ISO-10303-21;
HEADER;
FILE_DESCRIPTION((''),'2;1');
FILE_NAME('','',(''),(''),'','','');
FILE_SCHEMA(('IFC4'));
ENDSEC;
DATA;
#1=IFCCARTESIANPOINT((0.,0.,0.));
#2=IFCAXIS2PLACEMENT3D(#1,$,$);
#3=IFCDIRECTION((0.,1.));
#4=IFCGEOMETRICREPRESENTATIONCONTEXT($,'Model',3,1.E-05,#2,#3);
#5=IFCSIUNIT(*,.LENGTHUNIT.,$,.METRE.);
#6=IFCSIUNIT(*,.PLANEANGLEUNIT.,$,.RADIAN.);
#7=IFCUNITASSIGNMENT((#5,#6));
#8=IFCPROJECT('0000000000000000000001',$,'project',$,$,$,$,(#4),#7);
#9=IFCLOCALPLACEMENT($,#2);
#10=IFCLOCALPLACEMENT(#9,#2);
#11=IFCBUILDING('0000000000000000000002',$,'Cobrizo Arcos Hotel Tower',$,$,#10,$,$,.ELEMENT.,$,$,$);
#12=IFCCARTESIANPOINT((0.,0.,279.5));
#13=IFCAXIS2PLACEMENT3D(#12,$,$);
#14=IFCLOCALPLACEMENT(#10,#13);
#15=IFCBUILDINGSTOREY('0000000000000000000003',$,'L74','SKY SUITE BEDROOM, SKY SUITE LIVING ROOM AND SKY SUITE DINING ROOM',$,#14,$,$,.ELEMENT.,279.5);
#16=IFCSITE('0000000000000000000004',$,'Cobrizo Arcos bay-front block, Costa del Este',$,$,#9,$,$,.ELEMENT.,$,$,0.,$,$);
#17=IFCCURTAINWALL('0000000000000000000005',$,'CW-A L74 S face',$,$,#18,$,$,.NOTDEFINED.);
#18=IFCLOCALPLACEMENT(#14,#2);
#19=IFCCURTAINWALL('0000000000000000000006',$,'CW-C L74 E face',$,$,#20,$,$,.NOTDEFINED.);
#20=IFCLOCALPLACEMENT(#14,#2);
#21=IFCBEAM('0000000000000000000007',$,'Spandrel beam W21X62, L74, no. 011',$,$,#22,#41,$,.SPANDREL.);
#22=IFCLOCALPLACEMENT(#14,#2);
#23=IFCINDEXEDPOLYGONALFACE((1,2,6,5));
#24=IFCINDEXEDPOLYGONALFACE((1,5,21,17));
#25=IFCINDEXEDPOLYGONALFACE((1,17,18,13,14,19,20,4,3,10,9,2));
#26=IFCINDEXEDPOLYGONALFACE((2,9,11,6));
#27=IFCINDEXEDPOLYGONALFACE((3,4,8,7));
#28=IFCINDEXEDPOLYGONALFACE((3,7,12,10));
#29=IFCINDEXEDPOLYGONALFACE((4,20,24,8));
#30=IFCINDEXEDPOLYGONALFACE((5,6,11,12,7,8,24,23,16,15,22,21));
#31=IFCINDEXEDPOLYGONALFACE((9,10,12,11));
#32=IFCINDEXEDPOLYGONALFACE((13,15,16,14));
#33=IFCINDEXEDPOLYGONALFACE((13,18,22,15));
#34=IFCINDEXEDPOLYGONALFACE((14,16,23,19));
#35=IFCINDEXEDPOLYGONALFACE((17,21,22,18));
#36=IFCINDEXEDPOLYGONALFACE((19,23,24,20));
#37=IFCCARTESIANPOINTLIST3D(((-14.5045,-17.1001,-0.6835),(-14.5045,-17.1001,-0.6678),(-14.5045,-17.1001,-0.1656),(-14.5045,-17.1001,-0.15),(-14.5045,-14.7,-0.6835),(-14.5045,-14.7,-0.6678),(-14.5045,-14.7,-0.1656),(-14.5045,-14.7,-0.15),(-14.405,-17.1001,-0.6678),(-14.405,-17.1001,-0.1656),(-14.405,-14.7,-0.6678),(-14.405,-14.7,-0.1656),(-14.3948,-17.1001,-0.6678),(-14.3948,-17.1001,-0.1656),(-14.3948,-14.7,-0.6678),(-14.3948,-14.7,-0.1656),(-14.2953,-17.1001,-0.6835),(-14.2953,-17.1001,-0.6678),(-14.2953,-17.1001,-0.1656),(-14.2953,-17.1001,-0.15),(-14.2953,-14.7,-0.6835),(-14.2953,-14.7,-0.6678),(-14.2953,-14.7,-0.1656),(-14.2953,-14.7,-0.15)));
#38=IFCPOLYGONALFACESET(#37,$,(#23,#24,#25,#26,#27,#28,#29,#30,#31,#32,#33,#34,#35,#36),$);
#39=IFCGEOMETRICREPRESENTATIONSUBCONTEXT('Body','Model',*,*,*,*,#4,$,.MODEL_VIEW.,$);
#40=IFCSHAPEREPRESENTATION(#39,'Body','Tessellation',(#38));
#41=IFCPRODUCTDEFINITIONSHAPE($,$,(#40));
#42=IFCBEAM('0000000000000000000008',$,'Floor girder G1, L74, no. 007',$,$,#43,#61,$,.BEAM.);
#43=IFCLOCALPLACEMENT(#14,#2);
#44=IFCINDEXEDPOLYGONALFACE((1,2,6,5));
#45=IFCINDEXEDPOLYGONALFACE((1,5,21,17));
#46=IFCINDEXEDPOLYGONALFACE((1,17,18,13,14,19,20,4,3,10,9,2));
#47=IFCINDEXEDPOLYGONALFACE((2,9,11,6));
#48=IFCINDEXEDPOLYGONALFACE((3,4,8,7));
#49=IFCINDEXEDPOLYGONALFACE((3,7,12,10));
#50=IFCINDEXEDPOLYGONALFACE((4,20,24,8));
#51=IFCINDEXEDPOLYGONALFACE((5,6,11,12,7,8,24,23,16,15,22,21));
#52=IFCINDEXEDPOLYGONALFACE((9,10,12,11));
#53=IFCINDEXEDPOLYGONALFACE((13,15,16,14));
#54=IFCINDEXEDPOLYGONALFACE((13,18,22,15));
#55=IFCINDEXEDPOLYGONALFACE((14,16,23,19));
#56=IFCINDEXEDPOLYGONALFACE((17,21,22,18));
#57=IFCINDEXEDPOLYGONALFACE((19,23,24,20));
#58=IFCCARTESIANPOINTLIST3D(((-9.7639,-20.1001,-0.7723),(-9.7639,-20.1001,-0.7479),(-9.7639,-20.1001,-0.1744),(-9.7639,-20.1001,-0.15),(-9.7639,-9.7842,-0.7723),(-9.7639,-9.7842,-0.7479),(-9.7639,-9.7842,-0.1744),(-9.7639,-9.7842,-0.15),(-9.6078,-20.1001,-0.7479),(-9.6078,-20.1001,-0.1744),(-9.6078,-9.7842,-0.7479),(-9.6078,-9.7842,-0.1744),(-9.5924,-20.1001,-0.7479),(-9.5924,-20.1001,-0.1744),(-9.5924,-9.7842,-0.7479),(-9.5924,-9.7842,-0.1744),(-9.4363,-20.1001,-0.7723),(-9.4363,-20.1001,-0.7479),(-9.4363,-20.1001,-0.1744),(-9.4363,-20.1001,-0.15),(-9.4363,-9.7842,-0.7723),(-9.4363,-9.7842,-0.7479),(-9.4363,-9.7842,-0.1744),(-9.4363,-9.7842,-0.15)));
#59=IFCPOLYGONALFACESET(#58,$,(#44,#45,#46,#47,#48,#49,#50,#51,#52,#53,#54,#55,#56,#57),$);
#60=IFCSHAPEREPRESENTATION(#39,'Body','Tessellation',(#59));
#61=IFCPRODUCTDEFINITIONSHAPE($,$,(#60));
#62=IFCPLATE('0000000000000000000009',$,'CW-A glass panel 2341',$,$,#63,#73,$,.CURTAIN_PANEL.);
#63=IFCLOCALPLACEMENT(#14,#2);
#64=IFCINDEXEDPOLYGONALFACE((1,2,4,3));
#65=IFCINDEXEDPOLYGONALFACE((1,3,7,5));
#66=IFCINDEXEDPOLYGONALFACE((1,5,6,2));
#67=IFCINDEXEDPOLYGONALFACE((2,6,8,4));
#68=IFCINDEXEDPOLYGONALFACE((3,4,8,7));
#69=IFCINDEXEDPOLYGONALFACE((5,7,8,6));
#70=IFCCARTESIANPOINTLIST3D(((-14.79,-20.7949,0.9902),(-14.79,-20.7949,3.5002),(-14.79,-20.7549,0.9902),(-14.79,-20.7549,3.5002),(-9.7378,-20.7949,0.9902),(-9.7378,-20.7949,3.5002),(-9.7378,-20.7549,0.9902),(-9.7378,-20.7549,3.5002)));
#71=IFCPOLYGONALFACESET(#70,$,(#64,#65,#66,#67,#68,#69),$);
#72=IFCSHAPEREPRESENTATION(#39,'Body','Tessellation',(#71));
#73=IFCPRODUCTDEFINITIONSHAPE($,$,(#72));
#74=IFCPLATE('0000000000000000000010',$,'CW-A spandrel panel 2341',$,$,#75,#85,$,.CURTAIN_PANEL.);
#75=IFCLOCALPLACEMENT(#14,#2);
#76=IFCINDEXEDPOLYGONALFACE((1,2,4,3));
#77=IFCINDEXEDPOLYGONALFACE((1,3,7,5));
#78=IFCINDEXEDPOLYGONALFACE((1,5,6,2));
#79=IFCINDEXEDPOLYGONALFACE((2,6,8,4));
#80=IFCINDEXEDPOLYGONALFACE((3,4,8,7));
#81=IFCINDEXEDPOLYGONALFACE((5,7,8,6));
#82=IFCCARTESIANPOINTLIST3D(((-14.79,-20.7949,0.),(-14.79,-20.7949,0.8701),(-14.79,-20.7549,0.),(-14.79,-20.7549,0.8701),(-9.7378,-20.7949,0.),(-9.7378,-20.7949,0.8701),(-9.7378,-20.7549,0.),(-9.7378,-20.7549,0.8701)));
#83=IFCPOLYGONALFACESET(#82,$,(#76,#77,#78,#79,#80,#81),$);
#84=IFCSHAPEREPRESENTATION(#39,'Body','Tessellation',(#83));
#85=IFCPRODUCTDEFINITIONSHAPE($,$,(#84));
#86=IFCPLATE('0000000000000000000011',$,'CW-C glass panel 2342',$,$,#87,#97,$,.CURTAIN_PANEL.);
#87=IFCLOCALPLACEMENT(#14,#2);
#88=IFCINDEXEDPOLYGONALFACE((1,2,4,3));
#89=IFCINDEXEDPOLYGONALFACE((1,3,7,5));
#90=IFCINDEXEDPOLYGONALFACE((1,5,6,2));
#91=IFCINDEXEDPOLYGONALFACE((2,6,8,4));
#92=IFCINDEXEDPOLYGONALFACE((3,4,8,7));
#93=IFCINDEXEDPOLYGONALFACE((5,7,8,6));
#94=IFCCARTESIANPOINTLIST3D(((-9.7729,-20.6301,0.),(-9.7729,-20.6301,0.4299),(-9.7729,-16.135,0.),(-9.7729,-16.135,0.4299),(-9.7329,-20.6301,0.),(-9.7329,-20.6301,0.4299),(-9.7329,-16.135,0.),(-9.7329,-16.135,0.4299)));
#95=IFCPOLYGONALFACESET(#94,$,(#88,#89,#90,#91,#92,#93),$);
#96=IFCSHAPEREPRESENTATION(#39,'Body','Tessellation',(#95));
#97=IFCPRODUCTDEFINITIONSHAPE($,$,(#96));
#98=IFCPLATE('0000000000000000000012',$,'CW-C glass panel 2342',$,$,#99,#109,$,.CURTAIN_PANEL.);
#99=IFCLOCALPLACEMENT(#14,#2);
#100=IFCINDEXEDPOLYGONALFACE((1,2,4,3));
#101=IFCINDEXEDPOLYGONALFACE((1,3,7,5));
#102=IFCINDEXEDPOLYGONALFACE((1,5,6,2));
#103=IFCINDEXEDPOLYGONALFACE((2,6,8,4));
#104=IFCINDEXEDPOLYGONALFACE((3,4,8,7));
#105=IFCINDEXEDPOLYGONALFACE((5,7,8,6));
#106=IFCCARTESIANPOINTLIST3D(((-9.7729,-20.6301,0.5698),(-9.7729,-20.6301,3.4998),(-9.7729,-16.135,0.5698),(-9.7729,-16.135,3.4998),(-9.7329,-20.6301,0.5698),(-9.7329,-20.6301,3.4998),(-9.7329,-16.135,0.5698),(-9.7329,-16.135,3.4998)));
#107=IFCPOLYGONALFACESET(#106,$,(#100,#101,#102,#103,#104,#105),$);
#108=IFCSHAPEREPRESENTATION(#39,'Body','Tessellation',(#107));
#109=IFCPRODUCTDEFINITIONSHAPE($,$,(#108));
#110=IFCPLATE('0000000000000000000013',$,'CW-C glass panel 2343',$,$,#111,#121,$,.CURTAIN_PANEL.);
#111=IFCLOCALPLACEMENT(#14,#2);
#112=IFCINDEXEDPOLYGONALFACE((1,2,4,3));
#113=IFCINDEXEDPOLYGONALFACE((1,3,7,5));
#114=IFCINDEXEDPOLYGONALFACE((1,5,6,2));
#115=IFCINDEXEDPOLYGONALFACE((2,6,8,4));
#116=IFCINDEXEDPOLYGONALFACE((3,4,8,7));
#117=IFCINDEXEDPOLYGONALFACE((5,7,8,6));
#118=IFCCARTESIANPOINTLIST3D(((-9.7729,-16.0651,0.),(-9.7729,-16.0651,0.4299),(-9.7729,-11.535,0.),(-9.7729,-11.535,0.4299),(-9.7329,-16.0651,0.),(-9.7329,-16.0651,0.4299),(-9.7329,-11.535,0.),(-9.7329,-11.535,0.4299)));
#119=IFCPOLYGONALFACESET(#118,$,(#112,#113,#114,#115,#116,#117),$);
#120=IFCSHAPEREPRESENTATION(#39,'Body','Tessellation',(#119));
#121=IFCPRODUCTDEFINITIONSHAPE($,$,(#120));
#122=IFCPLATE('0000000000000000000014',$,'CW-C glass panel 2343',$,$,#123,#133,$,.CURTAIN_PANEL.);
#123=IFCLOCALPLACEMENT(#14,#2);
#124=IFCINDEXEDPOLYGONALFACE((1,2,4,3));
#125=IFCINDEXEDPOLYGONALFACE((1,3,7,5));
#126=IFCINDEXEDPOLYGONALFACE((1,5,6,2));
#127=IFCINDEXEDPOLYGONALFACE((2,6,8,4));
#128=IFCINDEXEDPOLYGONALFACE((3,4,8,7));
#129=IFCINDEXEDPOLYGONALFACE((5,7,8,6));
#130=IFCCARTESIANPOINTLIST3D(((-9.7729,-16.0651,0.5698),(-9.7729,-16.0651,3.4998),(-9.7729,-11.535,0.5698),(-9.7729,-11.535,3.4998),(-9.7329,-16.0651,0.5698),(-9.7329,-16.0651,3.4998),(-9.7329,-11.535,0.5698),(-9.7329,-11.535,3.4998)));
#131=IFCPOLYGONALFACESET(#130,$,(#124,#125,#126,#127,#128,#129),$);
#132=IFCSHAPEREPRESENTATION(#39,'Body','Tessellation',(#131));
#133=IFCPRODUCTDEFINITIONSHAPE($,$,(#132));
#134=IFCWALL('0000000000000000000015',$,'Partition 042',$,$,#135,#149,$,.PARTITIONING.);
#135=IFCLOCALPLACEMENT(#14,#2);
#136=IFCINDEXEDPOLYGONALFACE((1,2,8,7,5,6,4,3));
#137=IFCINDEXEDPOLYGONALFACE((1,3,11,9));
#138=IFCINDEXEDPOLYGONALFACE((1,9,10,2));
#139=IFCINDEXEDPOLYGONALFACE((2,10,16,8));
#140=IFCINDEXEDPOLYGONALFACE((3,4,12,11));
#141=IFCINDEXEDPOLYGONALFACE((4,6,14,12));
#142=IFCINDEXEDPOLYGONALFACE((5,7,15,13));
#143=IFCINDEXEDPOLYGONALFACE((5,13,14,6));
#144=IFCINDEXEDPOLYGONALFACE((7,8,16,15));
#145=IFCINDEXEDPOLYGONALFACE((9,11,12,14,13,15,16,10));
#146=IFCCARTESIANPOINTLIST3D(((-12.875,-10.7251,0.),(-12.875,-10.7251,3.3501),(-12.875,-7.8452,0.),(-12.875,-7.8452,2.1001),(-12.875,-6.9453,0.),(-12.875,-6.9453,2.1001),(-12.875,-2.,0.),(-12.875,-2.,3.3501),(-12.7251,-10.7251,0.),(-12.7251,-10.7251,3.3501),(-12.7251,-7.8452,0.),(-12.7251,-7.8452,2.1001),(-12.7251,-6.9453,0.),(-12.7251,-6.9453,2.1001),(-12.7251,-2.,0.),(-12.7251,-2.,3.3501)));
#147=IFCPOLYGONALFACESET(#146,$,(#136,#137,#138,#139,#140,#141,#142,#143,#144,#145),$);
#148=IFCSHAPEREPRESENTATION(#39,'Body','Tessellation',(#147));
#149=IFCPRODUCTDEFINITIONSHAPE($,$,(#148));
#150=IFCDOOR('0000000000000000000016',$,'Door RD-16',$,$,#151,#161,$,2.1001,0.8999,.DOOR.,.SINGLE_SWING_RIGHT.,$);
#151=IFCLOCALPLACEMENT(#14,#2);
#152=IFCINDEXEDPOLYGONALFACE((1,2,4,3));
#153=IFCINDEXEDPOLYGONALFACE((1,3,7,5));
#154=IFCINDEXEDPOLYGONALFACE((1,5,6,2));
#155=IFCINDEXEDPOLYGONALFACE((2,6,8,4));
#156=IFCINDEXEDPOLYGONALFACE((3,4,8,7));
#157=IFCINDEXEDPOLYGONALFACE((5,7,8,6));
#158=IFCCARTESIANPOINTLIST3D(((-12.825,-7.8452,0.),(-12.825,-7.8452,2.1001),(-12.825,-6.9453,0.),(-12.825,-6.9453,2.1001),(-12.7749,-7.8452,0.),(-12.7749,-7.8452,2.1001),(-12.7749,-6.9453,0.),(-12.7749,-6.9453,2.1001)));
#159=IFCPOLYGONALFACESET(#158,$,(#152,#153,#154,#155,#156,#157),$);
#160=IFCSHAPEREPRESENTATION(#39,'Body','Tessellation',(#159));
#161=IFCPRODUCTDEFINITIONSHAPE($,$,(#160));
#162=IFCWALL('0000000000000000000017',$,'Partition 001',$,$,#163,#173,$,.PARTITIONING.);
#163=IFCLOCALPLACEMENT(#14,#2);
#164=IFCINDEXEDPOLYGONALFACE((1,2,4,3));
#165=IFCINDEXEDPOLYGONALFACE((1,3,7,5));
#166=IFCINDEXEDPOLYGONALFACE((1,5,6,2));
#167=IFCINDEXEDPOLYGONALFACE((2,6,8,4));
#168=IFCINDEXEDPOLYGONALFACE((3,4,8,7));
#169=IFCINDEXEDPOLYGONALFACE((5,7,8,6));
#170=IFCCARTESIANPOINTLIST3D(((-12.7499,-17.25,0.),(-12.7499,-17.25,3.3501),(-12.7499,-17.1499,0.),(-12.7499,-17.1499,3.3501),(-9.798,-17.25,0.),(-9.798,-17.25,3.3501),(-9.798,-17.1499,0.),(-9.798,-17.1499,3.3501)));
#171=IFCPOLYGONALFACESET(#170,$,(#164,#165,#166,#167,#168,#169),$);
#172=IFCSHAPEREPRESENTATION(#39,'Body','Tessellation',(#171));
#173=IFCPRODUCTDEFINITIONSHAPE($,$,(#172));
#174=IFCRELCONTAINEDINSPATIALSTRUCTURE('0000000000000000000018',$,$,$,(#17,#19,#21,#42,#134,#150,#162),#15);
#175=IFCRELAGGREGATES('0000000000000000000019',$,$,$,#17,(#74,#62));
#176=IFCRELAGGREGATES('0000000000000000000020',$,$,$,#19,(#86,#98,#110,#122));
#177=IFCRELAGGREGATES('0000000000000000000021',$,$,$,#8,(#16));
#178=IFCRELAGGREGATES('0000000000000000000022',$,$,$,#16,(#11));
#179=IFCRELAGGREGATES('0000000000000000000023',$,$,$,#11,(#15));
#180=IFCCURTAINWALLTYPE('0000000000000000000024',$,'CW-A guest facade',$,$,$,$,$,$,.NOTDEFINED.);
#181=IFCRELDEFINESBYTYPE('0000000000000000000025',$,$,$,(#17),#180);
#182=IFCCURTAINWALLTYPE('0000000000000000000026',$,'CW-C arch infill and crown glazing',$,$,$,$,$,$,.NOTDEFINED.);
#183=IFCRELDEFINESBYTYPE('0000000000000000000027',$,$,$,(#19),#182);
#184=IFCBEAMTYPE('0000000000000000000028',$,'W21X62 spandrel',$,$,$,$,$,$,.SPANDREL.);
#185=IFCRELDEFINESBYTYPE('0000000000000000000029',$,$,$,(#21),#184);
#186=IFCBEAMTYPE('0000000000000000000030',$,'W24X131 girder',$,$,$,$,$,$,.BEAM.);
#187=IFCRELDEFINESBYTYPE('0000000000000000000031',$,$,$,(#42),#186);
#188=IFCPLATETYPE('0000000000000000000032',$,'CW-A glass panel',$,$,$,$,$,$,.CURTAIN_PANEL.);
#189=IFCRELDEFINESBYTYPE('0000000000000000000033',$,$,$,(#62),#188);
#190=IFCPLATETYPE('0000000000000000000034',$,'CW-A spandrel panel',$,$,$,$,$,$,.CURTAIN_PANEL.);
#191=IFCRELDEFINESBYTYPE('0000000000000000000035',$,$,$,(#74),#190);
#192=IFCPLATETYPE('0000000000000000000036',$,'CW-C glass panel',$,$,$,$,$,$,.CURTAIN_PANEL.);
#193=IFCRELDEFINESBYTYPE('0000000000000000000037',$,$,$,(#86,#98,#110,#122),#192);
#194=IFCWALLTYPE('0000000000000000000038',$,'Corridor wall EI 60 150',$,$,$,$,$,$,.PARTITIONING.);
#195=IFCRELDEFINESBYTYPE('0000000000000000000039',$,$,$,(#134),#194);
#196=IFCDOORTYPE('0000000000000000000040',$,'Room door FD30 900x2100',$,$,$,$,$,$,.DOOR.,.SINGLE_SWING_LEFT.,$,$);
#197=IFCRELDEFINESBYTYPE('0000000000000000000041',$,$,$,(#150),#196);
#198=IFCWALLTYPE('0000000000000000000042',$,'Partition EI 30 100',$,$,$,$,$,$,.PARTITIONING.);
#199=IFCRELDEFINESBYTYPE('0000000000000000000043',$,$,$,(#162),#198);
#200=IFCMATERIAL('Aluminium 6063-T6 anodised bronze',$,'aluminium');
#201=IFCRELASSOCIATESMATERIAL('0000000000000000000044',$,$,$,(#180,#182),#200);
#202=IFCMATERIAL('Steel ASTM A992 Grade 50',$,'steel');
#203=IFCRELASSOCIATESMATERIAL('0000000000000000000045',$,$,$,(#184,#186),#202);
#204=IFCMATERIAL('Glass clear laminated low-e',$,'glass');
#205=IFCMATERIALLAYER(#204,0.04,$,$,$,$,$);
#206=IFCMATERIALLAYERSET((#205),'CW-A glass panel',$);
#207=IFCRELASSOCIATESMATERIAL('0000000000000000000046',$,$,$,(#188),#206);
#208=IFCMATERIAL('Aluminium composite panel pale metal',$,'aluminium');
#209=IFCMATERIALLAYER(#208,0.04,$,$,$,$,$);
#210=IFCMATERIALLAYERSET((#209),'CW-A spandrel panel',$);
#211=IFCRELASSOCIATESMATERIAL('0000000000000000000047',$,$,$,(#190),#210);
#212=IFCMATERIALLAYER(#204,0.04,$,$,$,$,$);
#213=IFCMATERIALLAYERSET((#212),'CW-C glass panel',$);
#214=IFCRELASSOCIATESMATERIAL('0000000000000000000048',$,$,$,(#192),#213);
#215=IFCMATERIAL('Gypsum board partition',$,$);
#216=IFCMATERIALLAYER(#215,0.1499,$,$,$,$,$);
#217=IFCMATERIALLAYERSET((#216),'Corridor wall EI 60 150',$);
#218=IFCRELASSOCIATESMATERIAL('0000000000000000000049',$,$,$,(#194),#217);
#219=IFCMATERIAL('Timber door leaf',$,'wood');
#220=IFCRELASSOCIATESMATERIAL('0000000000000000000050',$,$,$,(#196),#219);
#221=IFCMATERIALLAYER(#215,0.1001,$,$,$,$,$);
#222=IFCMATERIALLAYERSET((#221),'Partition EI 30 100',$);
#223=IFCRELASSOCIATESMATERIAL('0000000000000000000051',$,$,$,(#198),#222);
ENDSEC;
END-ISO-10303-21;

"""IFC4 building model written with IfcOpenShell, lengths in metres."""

from ifc_helpers import new_model, si_unit, direction, frame, frame_2d, origin, origin_2d, place, context, subcontext, project, spatial, rectangle, i_section, extrude, material, layer, layer_set, material_profile, profile_set, type_object, element, fill, aggregate, save


model = new_model("IFC4")

# Units and contexts
model_context = context("Model", 3, precision=1e-05, world=origin(), true_north=direction((0.0, 1.0)))
body_context = subcontext(model_context, "Body", "Model", "MODEL_VIEW")
ifc_project = project(units=[si_unit("LENGTHUNIT", "METRE"), si_unit("PLANEANGLEUNIT", "RADIAN")], contexts=[model_context])

# Site, building, storey
site_placement = place(None, origin())
site = spatial("IfcSite", under=ifc_project, at=site_placement, Name="Cobrizo Arcos bay-front block, Costa del Este", CompositionType="ELEMENT", RefElevation=0.0)
building_placement = place(site_placement, origin())
building = spatial("IfcBuilding", under=site, at=building_placement, Name="Cobrizo Arcos Hotel Tower", CompositionType="ELEMENT")
storey_placement = place(building_placement, frame((0.0, 0.0, 279.5)))
storey = spatial("IfcBuildingStorey", under=building, at=storey_placement, Name="L74", Description="SKY SUITE BEDROOM, SKY SUITE LIVING ROOM AND SKY SUITE DINING ROOM", CompositionType="ELEMENT", Elevation=279.5)

# Curtain wall
ifc_material_1 = material(Name="Aluminium 6063-T6 anodised bronze", Category="aluminium")
curtain_wall_type_1 = type_object("IfcCurtainWallType", Name="CW-A guest facade", PredefinedType="NOTDEFINED", material=ifc_material_1)
curtain_wall_1_placement = place(storey_placement, origin())
curtain_wall_1 = element("IfcCurtainWall", 1, at=curtain_wall_1_placement, inside=storey, type_object=curtain_wall_type_1, Name="CW-A L74 S face", PredefinedType="NOTDEFINED")

# Curtain wall
curtain_wall_type_2 = type_object("IfcCurtainWallType", Name="CW-C arch infill and crown glazing", PredefinedType="NOTDEFINED", material=ifc_material_1)
curtain_wall_2_placement = place(storey_placement, origin())
curtain_wall_2 = element("IfcCurtainWall", 2, at=curtain_wall_2_placement, inside=storey, type_object=curtain_wall_type_2, Name="CW-C L74 E face", PredefinedType="NOTDEFINED")

# Beams
ifc_material_2 = material(Name="Steel ASTM A992 Grade 50", Category="steel")
ifc_material_profile_1 = material_profile(ifc_material_2, i_section(OverallWidth=0.2092, OverallDepth=0.5334, WebThickness=0.0103, FlangeThickness=0.0156, at=origin_2d()), Name="W21X62")
ifc_profile_set_1 = profile_set([ifc_material_profile_1], Name="Steel ASTM A992 Grade 50")
beam_type_1 = type_object("IfcBeamType", Name="W21X62 spandrel", PredefinedType="SPANDREL", material=ifc_profile_set_1)
beam_1_placement = place(storey_placement, frame((-14.3999, -17.1001, -0.4167), z_axis=(0.0, 1.0, 0.0), x_axis=(-1.0, 0.0, 0.0)))
element("IfcBeam", 3, at=beam_1_placement, inside=storey, type_object=beam_type_1, Name="Spandrel beam W21X62, L74, no. 011", PredefinedType="SPANDREL", context=body_context, shape_type="SweptSolid", body=[
    extrude(i_section(OverallWidth=0.2092, OverallDepth=0.5334, WebThickness=0.0103, FlangeThickness=0.0156, at=origin_2d()), origin(), (0.0, 0.0, 1.0), 2.4001),
])
ifc_material_profile_2 = material_profile(ifc_material_2, i_section(OverallWidth=0.3276, OverallDepth=0.6223, WebThickness=0.0154, FlangeThickness=0.0244, at=origin_2d()), Name="W24X131")
ifc_profile_set_2 = profile_set([ifc_material_profile_2], Name="Steel ASTM A992 Grade 50")
beam_type_2 = type_object("IfcBeamType", Name="W24X131 girder", PredefinedType="BEAM", material=ifc_profile_set_2)
beam_2_placement = place(storey_placement, frame((-9.6001, -20.1001, -0.4612), z_axis=(0.0, 1.0, 0.0), x_axis=(-1.0, 0.0, 0.0)))
element("IfcBeam", 4, at=beam_2_placement, inside=storey, type_object=beam_type_2, Name="Floor girder G1, L74, no. 007", PredefinedType="BEAM", context=body_context, shape_type="SweptSolid", body=[
    extrude(i_section(OverallWidth=0.3276, OverallDepth=0.6223, WebThickness=0.0154, FlangeThickness=0.0244, at=origin_2d()), origin(), (0.0, 0.0, 1.0), 10.3159),
])

# Plates
ifc_material_3 = material(Name="Glass clear laminated low-e", Category="glass")
ifc_layer_1 = layer(ifc_material_3, 0.04)
ifc_layer_set_1 = layer_set([ifc_layer_1], Name="CW-A glass panel")
plate_type_1 = type_object("IfcPlateType", Name="CW-A glass panel", PredefinedType="CURTAIN_PANEL", material=ifc_layer_set_1)
plate_1_placement = place(storey_placement, frame((-12.2639, -20.7749, 0.9902), z_axis=(0.0, 0.0, 1.0), x_axis=(1.0, 0.0, 0.0)))
plate_1 = element("IfcPlate", 5, at=plate_1_placement, type_object=plate_type_1, Name="CW-A glass panel 2341", PredefinedType="CURTAIN_PANEL", context=body_context, shape_type="SweptSolid", body=[
    extrude(rectangle(XDim=5.0522, YDim=0.04, at=origin_2d()), origin(), (0.0, 0.0, 1.0), 2.51),
])
ifc_material_4 = material(Name="Aluminium composite panel pale metal", Category="aluminium")
ifc_layer_2 = layer(ifc_material_4, 0.04)
ifc_layer_set_2 = layer_set([ifc_layer_2], Name="CW-A spandrel panel")
plate_type_2 = type_object("IfcPlateType", Name="CW-A spandrel panel", PredefinedType="CURTAIN_PANEL", material=ifc_layer_set_2)
plate_2_placement = place(storey_placement, frame((-12.2639, -20.7749, 0.0), z_axis=(0.0, 0.0, 1.0), x_axis=(1.0, 0.0, 0.0)))
plate_2 = element("IfcPlate", 6, at=plate_2_placement, type_object=plate_type_2, Name="CW-A spandrel panel 2341", PredefinedType="CURTAIN_PANEL", context=body_context, shape_type="SweptSolid", body=[
    extrude(rectangle(XDim=5.0522, YDim=0.04, at=origin_2d()), origin(), (0.0, 0.0, 1.0), 0.8701),
])
aggregate(curtain_wall_1, [plate_2, plate_1])
ifc_layer_3 = layer(ifc_material_3, 0.04)
ifc_layer_set_3 = layer_set([ifc_layer_3], Name="CW-C glass panel")
plate_type_3 = type_object("IfcPlateType", Name="CW-C glass panel", PredefinedType="CURTAIN_PANEL", material=ifc_layer_set_3)
plate_3_placement = place(storey_placement, frame((-9.7529, -18.3826, 0.0), z_axis=(0.0, 0.0, 1.0), x_axis=(0.0, 1.0, 0.0)))
plate_3 = element("IfcPlate", 7, at=plate_3_placement, type_object=plate_type_3, Name="CW-C glass panel 2342", PredefinedType="CURTAIN_PANEL", context=body_context, shape_type="SweptSolid", body=[
    extrude(rectangle(XDim=4.4951, YDim=0.04, at=origin_2d()), origin(), (0.0, 0.0, 1.0), 0.4299),
])
plate_4_placement = place(storey_placement, frame((-9.7529, -18.3826, 0.5698), z_axis=(0.0, 0.0, 1.0), x_axis=(0.0, 1.0, 0.0)))
plate_4 = element("IfcPlate", 8, at=plate_4_placement, type_object=plate_type_3, Name="CW-C glass panel 2342", PredefinedType="CURTAIN_PANEL", context=body_context, shape_type="SweptSolid", body=[
    extrude(rectangle(XDim=4.4951, YDim=0.04, at=origin_2d()), origin(), (0.0, 0.0, 1.0), 2.9299),
])
plate_5_placement = place(storey_placement, frame((-9.7529, -13.8, 0.0), z_axis=(0.0, 0.0, 1.0), x_axis=(0.0, 1.0, 0.0)))
plate_5 = element("IfcPlate", 9, at=plate_5_placement, type_object=plate_type_3, Name="CW-C glass panel 2343", PredefinedType="CURTAIN_PANEL", context=body_context, shape_type="SweptSolid", body=[
    extrude(rectangle(XDim=4.53, YDim=0.04, at=origin_2d()), origin(), (0.0, 0.0, 1.0), 0.4299),
])
plate_6_placement = place(storey_placement, frame((-9.7529, -13.8, 0.5698), z_axis=(0.0, 0.0, 1.0), x_axis=(0.0, 1.0, 0.0)))
plate_6 = element("IfcPlate", 10, at=plate_6_placement, type_object=plate_type_3, Name="CW-C glass panel 2343", PredefinedType="CURTAIN_PANEL", context=body_context, shape_type="SweptSolid", body=[
    extrude(rectangle(XDim=4.53, YDim=0.04, at=origin_2d()), origin(), (0.0, 0.0, 1.0), 2.9299),
])
aggregate(curtain_wall_2, [plate_3, plate_4, plate_5, plate_6])

# Wall, opening, door
ifc_material_5 = material(Name="Gypsum board partition")
ifc_layer_4 = layer(ifc_material_5, 0.1499)
ifc_layer_set_4 = layer_set([ifc_layer_4], Name="Corridor wall EI 60 150")
wall_type_1 = type_object("IfcWallType", Name="Corridor wall EI 60 150", PredefinedType="PARTITIONING", material=ifc_layer_set_4)
wall_1_placement = place(storey_placement, frame((-12.8, -10.7251, 0.0), z_axis=(0.0, 0.0, 1.0), x_axis=(0.0, 1.0, 0.0)))
wall_1 = element("IfcWall", 11, at=wall_1_placement, inside=storey, type_object=wall_type_1, Name="Partition 042", PredefinedType="PARTITIONING", context=body_context, shape_type="SweptSolid", body=[
    extrude(rectangle(XDim=8.7251, YDim=0.1499, at=frame_2d((4.3625, 0.0))), origin(), (0.0, 0.0, 1.0), 3.3501),
])
opening_1_placement = place(wall_1_placement, frame((2.8799, 0.0, 0.0)))
opening_1 = element("IfcOpeningElement", 12, at=opening_1_placement, cuts=wall_1, PredefinedType="OPENING", context=body_context, shape_type="SweptSolid", body=[
    extrude(rectangle(XDim=0.8999, YDim=2.1001, at=frame_2d((0.45, 1.05))), frame((0.0, 0.0869, 0.0), z_axis=(0.0, -1.0, 0.0), x_axis=(1.0, 0.0, 0.0)), (0.0, 0.0, 1.0), 0.1738),
])
ifc_material_6 = material(Name="Timber door leaf", Category="wood")
door_type_1 = type_object("IfcDoorType", Name="Room door FD30 900x2100", OperationType="SINGLE_SWING_LEFT", PredefinedType="DOOR", material=ifc_material_6)
door_1_placement = place(opening_1_placement, origin())
door_1 = element("IfcDoor", 13, at=door_1_placement, inside=storey, type_object=door_type_1, Name="Door RD-16", OperationType="SINGLE_SWING_RIGHT", OverallHeight=2.1001, OverallWidth=0.8999, PredefinedType="DOOR", context=body_context, shape_type="SweptSolid", body=[
    extrude(rectangle(XDim=0.8999, YDim=2.1001, at=frame_2d((0.45, 1.05))), frame((0.0, 0.0249, 0.0), z_axis=(0.0, -1.0, 0.0), x_axis=(1.0, 0.0, 0.0)), (0.0, 0.0, 1.0), 0.05),
])
fill(opening_1, door_1)

# Wall
ifc_layer_5 = layer(ifc_material_5, 0.1001)
ifc_layer_set_5 = layer_set([ifc_layer_5], Name="Partition EI 30 100")
wall_type_2 = type_object("IfcWallType", Name="Partition EI 30 100", PredefinedType="PARTITIONING", material=ifc_layer_set_5)
wall_2_placement = place(storey_placement, frame((-12.75, -17.2, 0.0), z_axis=(0.0, 0.0, 1.0), x_axis=(1.0, 0.0, 0.0)))
element("IfcWall", 14, at=wall_2_placement, inside=storey, type_object=wall_type_2, Name="Partition 001", PredefinedType="PARTITIONING", context=body_context, shape_type="SweptSolid", body=[
    extrude(rectangle(XDim=2.9519, YDim=0.1001, at=frame_2d((1.4761, 0.0))), origin(), (0.0, 0.0, 1.0), 3.3501),
])

save(model, "model.ifc")
